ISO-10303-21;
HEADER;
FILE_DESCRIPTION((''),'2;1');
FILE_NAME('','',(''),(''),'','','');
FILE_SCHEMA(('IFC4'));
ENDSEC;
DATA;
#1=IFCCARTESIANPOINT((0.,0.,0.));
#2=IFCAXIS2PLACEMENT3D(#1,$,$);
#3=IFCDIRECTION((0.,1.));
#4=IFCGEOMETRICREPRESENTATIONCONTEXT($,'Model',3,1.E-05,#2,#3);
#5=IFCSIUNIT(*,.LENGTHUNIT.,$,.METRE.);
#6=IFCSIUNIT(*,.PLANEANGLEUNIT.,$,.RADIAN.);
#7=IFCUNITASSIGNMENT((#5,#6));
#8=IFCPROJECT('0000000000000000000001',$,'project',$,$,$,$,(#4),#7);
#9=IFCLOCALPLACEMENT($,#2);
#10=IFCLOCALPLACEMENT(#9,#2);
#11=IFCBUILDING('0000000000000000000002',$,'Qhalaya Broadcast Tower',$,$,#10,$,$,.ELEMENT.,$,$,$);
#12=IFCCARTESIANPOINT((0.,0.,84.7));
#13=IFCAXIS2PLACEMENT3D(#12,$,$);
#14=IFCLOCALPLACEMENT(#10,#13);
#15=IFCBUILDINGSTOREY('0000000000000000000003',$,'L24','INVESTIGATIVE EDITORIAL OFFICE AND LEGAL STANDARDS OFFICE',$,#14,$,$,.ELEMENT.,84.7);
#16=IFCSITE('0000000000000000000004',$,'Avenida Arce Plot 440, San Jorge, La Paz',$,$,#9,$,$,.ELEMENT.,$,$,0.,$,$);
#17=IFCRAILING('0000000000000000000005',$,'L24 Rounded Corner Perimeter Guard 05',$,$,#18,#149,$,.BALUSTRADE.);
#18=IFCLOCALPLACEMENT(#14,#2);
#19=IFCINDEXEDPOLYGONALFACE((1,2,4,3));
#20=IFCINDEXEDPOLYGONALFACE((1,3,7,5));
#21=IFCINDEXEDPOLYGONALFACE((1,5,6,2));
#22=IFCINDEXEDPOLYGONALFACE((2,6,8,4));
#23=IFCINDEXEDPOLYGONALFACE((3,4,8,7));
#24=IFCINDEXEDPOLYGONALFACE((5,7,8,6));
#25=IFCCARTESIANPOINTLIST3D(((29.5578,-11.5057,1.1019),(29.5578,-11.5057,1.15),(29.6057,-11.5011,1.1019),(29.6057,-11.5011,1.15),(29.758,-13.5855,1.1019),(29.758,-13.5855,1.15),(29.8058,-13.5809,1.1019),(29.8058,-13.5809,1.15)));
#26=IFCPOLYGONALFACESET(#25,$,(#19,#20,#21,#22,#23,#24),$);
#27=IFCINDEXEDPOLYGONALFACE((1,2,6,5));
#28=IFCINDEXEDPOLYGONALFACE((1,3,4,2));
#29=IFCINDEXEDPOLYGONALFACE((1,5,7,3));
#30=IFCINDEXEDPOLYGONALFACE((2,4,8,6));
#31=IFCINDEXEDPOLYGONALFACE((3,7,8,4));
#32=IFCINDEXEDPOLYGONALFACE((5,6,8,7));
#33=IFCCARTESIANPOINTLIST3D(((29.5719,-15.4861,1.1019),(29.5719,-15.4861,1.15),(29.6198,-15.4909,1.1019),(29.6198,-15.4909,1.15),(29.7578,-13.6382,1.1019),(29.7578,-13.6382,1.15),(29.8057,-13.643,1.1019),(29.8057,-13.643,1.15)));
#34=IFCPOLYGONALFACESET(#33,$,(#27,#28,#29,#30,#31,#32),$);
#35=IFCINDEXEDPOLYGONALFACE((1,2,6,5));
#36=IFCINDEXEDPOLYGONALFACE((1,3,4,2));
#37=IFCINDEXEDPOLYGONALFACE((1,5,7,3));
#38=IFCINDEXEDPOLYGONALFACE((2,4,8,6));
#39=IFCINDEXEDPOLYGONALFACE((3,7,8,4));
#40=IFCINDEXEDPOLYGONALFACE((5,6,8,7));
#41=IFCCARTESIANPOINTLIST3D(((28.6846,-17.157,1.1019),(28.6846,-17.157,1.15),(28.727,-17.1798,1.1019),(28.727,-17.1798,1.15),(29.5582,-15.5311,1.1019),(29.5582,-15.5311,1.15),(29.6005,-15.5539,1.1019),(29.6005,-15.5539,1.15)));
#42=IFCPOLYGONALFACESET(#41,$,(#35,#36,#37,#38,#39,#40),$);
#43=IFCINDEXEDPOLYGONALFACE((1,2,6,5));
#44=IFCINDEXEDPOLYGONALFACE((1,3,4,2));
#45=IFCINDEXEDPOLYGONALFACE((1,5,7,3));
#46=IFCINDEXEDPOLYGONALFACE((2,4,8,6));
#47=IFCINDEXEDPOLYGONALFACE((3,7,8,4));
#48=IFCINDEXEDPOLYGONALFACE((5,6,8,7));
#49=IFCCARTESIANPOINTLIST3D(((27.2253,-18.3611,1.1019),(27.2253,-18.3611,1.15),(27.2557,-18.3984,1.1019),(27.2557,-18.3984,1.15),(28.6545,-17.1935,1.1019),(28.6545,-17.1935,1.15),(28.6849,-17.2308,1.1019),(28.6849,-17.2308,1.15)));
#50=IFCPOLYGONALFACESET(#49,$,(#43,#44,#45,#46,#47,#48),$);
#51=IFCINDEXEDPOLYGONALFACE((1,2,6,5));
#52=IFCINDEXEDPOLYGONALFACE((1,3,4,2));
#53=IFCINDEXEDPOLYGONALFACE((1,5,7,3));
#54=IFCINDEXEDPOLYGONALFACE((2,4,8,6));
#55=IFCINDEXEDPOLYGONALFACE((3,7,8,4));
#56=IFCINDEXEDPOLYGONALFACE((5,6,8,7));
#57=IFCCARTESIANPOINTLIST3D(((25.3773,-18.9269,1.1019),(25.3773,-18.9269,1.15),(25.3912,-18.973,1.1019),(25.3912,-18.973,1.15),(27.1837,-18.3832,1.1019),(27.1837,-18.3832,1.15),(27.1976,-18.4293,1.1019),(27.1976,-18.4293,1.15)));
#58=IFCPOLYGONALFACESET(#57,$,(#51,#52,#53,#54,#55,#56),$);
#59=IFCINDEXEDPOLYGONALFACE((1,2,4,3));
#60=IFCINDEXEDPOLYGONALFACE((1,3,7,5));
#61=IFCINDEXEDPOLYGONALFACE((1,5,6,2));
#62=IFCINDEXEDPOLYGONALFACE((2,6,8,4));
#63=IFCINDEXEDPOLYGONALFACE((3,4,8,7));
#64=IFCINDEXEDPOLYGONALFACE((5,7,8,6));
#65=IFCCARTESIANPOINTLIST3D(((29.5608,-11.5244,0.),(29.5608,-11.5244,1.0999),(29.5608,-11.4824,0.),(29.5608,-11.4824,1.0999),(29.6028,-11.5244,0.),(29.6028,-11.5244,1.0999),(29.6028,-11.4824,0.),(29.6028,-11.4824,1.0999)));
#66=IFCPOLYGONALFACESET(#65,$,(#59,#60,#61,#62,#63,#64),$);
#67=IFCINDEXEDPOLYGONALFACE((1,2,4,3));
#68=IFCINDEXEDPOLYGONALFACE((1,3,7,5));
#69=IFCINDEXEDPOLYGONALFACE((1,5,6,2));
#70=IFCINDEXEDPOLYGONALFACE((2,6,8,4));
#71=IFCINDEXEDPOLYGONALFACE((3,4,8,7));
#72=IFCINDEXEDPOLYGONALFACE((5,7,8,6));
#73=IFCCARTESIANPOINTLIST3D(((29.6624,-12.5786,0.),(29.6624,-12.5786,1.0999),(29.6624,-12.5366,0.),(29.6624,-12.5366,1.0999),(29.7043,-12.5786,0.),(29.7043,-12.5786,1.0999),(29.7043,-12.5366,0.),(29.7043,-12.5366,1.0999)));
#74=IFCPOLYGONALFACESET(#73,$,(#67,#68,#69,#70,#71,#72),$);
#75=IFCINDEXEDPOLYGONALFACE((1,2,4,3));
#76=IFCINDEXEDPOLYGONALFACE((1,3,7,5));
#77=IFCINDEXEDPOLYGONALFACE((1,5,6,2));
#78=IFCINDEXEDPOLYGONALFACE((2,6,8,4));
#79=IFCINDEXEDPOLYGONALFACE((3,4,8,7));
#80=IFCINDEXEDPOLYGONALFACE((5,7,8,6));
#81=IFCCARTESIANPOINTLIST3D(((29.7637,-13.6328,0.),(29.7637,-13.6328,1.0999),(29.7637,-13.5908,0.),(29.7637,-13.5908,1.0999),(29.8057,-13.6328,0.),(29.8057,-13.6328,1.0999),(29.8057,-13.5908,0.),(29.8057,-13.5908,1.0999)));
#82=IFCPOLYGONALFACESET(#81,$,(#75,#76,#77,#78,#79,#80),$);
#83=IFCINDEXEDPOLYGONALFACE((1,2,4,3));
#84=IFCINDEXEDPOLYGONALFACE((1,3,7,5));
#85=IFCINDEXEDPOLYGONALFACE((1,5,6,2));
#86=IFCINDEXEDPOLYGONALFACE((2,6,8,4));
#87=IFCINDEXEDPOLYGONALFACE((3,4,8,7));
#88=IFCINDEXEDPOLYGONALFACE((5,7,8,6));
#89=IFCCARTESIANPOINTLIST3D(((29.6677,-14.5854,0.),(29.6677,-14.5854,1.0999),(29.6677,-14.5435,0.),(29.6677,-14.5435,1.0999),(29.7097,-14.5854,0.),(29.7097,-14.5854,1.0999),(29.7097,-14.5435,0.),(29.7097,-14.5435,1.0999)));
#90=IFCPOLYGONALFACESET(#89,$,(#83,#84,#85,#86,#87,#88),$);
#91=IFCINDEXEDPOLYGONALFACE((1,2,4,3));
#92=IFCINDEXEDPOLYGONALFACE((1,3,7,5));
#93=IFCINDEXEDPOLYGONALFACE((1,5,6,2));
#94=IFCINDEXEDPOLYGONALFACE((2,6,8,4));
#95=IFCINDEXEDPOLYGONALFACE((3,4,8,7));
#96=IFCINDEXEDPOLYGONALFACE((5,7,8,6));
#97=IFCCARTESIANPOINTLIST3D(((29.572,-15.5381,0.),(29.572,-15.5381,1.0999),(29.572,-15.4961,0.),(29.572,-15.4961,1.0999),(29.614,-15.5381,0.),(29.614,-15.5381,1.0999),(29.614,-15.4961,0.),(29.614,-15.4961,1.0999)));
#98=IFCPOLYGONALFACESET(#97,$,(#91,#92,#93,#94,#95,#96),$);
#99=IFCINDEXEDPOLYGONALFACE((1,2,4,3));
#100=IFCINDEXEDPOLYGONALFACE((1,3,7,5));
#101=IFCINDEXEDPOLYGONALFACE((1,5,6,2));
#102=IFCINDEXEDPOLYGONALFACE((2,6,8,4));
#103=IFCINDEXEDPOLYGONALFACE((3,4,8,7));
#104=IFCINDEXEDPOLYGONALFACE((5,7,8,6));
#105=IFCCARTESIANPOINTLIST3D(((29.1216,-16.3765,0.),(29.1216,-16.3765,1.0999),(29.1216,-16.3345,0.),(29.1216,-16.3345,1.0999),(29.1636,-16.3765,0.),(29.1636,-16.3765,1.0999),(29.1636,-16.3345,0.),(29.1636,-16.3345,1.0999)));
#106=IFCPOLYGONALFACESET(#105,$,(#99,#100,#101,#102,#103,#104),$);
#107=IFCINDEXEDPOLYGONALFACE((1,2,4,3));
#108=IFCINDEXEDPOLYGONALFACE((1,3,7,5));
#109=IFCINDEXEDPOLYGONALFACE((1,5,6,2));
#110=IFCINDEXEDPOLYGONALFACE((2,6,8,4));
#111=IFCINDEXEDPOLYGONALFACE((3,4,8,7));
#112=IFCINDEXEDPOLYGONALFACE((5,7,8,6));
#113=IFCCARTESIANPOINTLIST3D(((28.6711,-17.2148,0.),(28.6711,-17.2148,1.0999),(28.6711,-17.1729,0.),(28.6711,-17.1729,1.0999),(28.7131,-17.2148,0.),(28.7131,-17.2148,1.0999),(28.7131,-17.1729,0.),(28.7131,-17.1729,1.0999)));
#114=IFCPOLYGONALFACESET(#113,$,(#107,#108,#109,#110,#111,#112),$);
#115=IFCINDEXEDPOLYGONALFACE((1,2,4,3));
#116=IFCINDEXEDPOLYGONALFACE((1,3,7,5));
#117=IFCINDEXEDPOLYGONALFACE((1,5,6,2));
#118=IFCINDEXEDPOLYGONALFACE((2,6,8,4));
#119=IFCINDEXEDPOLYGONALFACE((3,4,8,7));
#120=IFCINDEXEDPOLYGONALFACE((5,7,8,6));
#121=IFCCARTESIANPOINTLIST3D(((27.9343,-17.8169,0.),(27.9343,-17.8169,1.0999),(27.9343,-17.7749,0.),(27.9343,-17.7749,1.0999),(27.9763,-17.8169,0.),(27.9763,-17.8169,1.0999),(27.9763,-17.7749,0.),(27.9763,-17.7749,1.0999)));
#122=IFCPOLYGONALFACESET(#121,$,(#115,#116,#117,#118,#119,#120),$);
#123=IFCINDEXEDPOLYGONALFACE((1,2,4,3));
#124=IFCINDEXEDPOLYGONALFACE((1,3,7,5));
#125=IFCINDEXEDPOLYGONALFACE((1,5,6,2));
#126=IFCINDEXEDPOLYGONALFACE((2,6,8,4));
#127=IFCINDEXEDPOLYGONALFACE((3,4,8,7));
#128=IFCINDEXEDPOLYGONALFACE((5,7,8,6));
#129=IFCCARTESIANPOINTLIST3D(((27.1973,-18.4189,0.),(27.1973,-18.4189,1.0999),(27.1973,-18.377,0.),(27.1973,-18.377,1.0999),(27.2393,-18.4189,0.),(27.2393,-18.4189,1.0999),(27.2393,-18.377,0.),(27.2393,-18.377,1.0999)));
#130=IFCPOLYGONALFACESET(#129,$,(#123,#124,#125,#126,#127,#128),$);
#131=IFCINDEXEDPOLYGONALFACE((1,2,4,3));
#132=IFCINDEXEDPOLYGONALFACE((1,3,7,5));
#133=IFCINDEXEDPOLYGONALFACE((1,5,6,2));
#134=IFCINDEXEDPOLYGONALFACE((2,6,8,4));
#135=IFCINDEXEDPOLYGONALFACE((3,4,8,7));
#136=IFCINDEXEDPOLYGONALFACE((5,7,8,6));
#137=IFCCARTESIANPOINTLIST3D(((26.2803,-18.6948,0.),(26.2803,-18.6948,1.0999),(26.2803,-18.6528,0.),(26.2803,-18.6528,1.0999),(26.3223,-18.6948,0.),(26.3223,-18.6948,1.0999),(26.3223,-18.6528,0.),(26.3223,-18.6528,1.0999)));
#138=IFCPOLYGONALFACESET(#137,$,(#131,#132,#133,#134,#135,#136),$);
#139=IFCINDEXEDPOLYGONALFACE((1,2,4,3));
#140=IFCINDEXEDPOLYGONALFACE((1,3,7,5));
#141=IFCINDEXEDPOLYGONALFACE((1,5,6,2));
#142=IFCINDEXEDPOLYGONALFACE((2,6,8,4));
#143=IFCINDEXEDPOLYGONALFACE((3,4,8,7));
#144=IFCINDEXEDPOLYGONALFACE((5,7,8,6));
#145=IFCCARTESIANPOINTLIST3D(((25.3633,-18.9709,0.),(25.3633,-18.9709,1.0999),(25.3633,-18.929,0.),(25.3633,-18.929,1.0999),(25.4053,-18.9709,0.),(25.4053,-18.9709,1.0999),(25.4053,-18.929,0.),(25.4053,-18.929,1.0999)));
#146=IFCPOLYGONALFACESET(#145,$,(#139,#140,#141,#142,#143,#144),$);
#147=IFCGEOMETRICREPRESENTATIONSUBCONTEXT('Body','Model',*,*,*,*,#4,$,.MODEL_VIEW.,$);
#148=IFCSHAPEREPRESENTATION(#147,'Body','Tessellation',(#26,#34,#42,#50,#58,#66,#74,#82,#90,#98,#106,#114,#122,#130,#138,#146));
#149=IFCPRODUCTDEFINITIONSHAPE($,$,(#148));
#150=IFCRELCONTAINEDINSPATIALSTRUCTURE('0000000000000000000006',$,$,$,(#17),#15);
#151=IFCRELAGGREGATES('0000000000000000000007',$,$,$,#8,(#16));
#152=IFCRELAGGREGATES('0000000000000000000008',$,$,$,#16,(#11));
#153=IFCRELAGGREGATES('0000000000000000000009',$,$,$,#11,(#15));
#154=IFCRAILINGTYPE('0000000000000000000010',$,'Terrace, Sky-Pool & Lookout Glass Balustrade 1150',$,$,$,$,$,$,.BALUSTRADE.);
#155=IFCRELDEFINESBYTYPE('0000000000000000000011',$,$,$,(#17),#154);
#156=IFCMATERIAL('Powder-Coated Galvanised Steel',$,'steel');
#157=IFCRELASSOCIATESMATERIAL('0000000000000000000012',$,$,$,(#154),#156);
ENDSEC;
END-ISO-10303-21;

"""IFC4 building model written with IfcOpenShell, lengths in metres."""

from ifc_helpers import new_model, si_unit, direction, frame, origin, origin_2d, place, context, subcontext, project, spatial, rectangle, extrude, material, type_object, element, save


model = new_model("IFC4")

# Units and contexts
model_context = context("Model", 3, precision=1e-05, world=origin(), true_north=direction((0.0, 1.0)))
body_context = subcontext(model_context, "Body", "Model", "MODEL_VIEW")
ifc_project = project(units=[si_unit("LENGTHUNIT", "METRE"), si_unit("PLANEANGLEUNIT", "RADIAN")], contexts=[model_context])

# Site, building, storey
site_placement = place(None, origin())
site = spatial("IfcSite", under=ifc_project, at=site_placement, Name="Avenida Arce Plot 440, San Jorge, La Paz", CompositionType="ELEMENT", RefElevation=0.0)
building_placement = place(site_placement, origin())
building = spatial("IfcBuilding", under=site, at=building_placement, Name="Qhalaya Broadcast Tower", CompositionType="ELEMENT")
storey_placement = place(building_placement, frame((0.0, 0.0, 84.7)))
storey = spatial("IfcBuildingStorey", under=building, at=storey_placement, Name="L24", Description="INVESTIGATIVE EDITORIAL OFFICE AND LEGAL STANDARDS OFFICE", CompositionType="ELEMENT", Elevation=84.7)

# Railing
ifc_material_1 = material(Name="Powder-Coated Galvanised Steel", Category="steel")
railing_type = type_object("IfcRailingType", Name="Terrace, Sky-Pool & Lookout Glass Balustrade 1150", PredefinedType="BALUSTRADE", material=ifc_material_1)
railing_placement = place(storey_placement, frame((29.5818, -11.5034, 0.0)))
element("IfcRailing", 1, at=railing_placement, inside=storey, type_object=railing_type, Name="L24 Rounded Corner Perimeter Guard 05", PredefinedType="BALUSTRADE", context=body_context, shape_type="SweptSolid", body=[
    extrude(rectangle(XDim=0.0481, YDim=0.0481, at=origin_2d()), frame((0.0, 0.0, 1.126), z_axis=(0.095783, -0.995402, 0.0), x_axis=(0.995402, 0.095783, 0.0)), (0.0, 0.0, 1.0), 2.0894),
    extrude(rectangle(XDim=0.0481, YDim=0.0481, at=origin_2d()), frame((0.2, -2.1372, 1.126), z_axis=(-0.100084, -0.994979, 0.0), x_axis=(0.994979, -0.100084, 0.0)), (0.0, 0.0, 1.0), 1.8572),
    extrude(rectangle(XDim=0.0481, YDim=0.0481, at=origin_2d()), frame((-0.0024, -4.0391, 1.126), z_axis=(-0.473289, -0.880907, 0.0), x_axis=(0.880907, -0.473289, 0.0)), (0.0, 0.0, 1.0), 1.8457),
    extrude(rectangle(XDim=0.0481, YDim=0.0481, at=origin_2d()), frame((-0.9121, -5.7087, 1.126), z_axis=(-0.77442, -0.632672, 0.0), x_axis=(0.632672, -0.77442, 0.0)), (0.0, 0.0, 1.0), 1.8455),
    extrude(rectangle(XDim=0.0481, YDim=0.0481, at=origin_2d()), frame((-2.3911, -6.9028, 1.126), z_axis=(-0.957566, -0.288213, 0.0), x_axis=(0.288213, -0.957566, 0.0)), (0.0, 0.0, 1.0), 1.8865),
    extrude(rectangle(XDim=0.042, YDim=0.042, at=origin_2d()), origin(), (0.0, 0.0, 1.0), 1.0999),
    extrude(rectangle(XDim=0.042, YDim=0.042, at=origin_2d()), frame((0.1016, -1.0542, 0.0)), (0.0, 0.0, 1.0), 1.0999),
    extrude(rectangle(XDim=0.042, YDim=0.042, at=origin_2d()), frame((0.2029, -2.1084, 0.0)), (0.0, 0.0, 1.0), 1.0999),
    extrude(rectangle(XDim=0.042, YDim=0.042, at=origin_2d()), frame((0.1069, -3.061, 0.0)), (0.0, 0.0, 1.0), 1.0999),
    extrude(rectangle(XDim=0.042, YDim=0.042, at=origin_2d()), frame((0.0112, -4.0137, 0.0)), (0.0, 0.0, 1.0), 1.0999),
    extrude(rectangle(XDim=0.042, YDim=0.042, at=origin_2d()), frame((-0.4392, -4.8521, 0.0)), (0.0, 0.0, 1.0), 1.0999),
    extrude(rectangle(XDim=0.042, YDim=0.042, at=origin_2d()), frame((-0.8896, -5.6904, 0.0)), (0.0, 0.0, 1.0), 1.0999),
    extrude(rectangle(XDim=0.042, YDim=0.042, at=origin_2d()), frame((-1.6265, -6.2925, 0.0)), (0.0, 0.0, 1.0), 1.0999),
    extrude(rectangle(XDim=0.042, YDim=0.042, at=origin_2d()), frame((-2.3635, -6.8945, 0.0)), (0.0, 0.0, 1.0), 1.0999),
    extrude(rectangle(XDim=0.042, YDim=0.042, at=origin_2d()), frame((-3.2805, -7.1704, 0.0)), (0.0, 0.0, 1.0), 1.0999),
    extrude(rectangle(XDim=0.042, YDim=0.042, at=origin_2d()), frame((-4.1975, -7.4465, 0.0)), (0.0, 0.0, 1.0), 1.0999),
])

save(model, "model.ifc")
